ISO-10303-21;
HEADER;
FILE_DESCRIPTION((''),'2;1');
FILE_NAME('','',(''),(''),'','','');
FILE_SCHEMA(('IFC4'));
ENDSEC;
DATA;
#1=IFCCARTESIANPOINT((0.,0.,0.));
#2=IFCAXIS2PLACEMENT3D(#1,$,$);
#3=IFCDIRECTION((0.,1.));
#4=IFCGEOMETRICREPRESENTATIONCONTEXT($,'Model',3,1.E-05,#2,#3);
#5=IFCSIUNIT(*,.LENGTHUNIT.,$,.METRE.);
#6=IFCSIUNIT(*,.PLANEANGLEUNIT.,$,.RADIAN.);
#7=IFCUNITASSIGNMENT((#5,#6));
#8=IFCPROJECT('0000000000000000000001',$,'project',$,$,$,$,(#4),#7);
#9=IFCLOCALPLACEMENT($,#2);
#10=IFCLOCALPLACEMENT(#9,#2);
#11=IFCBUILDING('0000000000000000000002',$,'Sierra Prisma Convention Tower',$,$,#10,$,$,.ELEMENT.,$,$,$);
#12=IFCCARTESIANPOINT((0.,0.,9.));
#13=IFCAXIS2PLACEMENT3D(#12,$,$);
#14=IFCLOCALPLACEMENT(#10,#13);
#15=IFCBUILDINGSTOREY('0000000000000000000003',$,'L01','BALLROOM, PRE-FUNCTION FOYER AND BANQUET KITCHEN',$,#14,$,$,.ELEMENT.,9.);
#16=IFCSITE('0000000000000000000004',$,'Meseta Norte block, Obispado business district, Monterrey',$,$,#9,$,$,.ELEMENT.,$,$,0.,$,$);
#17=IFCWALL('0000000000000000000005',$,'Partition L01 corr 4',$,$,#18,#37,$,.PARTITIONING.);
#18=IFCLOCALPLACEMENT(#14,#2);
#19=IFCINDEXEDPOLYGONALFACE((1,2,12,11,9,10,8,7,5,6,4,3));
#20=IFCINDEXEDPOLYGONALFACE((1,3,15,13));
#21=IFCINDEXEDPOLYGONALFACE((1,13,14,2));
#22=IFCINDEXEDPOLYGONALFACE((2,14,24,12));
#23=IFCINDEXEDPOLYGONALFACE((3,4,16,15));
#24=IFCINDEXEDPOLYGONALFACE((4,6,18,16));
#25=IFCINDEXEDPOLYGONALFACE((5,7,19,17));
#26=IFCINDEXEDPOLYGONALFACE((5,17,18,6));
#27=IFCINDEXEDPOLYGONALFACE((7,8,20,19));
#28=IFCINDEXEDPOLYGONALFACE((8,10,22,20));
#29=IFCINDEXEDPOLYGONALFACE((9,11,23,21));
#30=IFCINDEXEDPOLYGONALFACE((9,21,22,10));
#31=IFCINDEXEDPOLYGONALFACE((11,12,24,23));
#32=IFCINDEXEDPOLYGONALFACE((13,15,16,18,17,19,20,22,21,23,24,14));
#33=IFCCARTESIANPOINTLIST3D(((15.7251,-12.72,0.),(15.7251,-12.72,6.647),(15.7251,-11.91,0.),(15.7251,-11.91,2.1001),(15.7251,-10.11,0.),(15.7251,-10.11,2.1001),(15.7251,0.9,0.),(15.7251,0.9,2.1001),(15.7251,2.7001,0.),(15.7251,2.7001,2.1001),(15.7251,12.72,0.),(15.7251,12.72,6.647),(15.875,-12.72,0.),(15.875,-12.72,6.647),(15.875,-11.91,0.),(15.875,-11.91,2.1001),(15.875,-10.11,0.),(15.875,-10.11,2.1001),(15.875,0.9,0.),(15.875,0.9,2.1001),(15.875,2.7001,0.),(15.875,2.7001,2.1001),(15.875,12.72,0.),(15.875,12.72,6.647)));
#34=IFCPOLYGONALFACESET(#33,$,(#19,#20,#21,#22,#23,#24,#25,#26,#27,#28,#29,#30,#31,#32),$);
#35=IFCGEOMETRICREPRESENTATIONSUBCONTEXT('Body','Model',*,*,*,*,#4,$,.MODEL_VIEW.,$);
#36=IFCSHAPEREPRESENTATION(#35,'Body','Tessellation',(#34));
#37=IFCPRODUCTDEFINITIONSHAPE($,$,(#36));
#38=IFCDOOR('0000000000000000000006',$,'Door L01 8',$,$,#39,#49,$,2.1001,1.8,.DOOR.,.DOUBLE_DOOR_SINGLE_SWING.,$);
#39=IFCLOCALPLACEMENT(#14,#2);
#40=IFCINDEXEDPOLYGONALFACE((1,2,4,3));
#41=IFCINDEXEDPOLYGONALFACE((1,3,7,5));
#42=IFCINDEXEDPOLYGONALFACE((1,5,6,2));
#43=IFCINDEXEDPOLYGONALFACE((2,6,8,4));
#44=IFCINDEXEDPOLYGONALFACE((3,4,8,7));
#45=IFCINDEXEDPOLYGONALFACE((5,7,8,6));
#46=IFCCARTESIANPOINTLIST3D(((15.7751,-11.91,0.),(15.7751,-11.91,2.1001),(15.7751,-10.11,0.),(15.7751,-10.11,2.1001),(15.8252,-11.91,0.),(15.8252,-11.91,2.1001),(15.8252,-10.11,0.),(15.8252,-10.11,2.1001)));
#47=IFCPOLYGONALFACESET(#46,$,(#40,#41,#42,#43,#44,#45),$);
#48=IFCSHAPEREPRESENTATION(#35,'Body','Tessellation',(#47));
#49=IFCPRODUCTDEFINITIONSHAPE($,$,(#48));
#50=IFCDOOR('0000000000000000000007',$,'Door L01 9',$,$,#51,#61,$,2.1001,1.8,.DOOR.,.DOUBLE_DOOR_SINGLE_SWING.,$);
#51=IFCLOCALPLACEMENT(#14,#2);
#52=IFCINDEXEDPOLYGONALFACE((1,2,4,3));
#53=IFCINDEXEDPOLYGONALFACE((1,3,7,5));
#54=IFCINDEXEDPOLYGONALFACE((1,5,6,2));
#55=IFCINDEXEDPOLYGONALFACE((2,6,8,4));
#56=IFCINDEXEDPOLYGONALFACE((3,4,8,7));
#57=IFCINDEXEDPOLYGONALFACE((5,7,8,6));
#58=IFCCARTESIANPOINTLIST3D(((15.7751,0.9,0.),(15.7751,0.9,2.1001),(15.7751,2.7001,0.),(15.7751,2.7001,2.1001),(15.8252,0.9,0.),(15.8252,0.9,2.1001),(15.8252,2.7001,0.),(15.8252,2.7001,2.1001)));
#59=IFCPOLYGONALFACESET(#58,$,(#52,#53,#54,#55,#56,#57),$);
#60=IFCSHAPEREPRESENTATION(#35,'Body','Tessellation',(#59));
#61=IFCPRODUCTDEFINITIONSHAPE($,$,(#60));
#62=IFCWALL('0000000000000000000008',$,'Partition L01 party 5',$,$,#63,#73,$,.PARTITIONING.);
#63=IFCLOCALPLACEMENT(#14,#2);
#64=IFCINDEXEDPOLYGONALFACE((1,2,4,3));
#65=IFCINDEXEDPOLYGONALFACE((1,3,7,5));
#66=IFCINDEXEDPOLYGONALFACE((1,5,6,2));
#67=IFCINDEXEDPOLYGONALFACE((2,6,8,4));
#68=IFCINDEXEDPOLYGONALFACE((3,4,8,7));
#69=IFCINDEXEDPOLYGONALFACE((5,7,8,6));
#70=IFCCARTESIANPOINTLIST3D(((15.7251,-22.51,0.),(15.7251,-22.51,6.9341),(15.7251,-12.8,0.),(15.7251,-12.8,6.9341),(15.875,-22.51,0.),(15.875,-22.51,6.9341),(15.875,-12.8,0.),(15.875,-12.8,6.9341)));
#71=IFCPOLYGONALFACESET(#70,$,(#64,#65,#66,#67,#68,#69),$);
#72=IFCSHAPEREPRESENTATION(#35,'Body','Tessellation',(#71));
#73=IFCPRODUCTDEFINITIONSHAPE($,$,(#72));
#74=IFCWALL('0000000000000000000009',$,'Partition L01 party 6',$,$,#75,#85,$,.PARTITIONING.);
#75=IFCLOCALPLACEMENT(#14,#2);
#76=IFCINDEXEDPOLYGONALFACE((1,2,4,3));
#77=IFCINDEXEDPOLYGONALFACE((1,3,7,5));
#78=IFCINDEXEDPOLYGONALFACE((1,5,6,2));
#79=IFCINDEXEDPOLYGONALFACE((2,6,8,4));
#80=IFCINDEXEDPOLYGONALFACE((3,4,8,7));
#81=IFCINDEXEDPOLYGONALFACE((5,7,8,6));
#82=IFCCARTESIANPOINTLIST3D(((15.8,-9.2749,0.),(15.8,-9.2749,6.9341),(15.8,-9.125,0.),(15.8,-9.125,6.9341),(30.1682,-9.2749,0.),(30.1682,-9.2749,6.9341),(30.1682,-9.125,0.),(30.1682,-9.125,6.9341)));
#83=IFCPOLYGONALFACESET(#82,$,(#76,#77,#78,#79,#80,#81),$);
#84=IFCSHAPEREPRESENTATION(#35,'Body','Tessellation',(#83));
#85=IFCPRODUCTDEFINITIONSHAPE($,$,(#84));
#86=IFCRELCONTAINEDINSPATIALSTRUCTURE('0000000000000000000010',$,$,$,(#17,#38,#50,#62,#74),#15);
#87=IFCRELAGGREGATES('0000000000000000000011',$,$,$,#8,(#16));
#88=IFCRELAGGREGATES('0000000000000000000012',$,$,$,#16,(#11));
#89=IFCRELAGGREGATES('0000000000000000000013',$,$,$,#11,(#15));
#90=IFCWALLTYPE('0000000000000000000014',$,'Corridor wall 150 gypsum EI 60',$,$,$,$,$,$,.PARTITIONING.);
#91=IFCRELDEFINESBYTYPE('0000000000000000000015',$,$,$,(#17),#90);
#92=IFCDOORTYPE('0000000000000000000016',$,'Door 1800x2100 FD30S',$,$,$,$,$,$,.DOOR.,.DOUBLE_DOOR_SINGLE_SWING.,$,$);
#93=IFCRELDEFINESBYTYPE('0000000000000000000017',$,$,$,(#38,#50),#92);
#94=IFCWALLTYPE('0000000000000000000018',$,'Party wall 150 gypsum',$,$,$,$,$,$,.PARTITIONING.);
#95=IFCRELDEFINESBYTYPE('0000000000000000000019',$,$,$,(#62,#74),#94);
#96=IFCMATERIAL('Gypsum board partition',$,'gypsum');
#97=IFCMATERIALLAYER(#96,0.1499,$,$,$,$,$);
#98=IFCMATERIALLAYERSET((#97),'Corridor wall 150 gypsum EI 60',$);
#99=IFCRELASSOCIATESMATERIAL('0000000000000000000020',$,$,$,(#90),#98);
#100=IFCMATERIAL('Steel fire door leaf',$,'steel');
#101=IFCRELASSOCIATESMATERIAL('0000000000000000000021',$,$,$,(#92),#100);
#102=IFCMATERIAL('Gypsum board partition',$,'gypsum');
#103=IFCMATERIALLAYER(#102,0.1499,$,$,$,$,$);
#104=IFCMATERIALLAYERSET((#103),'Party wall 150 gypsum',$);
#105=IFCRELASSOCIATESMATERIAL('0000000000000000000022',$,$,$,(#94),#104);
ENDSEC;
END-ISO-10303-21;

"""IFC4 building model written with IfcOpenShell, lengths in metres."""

from ifc_helpers import new_model, si_unit, direction, frame, frame_2d, origin, place, context, subcontext, project, spatial, rectangle, extrude, material, layer, layer_set, type_object, element, fill, save


model = new_model("IFC4")

# Units and contexts
model_context = context("Model", 3, precision=1e-05, world=origin(), true_north=direction((0.0, 1.0)))
body_context = subcontext(model_context, "Body", "Model", "MODEL_VIEW")
ifc_project = project(units=[si_unit("LENGTHUNIT", "METRE"), si_unit("PLANEANGLEUNIT", "RADIAN")], contexts=[model_context])

# Site, building, storey
site_placement = place(None, origin())
site = spatial("IfcSite", under=ifc_project, at=site_placement, Name="Meseta Norte block, Obispado business district, Monterrey", CompositionType="ELEMENT", RefElevation=0.0)
building_placement = place(site_placement, origin())
building = spatial("IfcBuilding", under=site, at=building_placement, Name="Sierra Prisma Convention Tower", CompositionType="ELEMENT")
storey_placement = place(building_placement, frame((0.0, 0.0, 9.0)))
storey = spatial("IfcBuildingStorey", under=building, at=storey_placement, Name="L01", Description="BALLROOM, PRE-FUNCTION FOYER AND BANQUET KITCHEN", CompositionType="ELEMENT", Elevation=9.0)

# Wall, openings, doors
ifc_material_1 = material(Name="Gypsum board partition", Category="gypsum")
ifc_layer_1 = layer(ifc_material_1, 0.1499)
ifc_layer_set_1 = layer_set([ifc_layer_1], Name="Corridor wall 150 gypsum EI 60")
wall_type_1 = type_object("IfcWallType", Name="Corridor wall 150 gypsum EI 60", PredefinedType="PARTITIONING", material=ifc_layer_set_1)
wall_1_placement = place(storey_placement, frame((15.8, -12.72, 0.0), z_axis=(0.0, 0.0, 1.0), x_axis=(0.0, 1.0, 0.0)))
wall_1 = element("IfcWall", 1, at=wall_1_placement, inside=storey, type_object=wall_type_1, Name="Partition L01 corr 4", PredefinedType="PARTITIONING", context=body_context, shape_type="SweptSolid", body=[
    extrude(rectangle(XDim=25.4399, YDim=0.1499, at=frame_2d((12.72, 0.0))), origin(), (0.0, 0.0, 1.0), 6.647),
])
opening_1_placement = place(wall_1_placement, frame((0.8101, 0.0, 0.0)))
opening_1 = element("IfcOpeningElement", 2, at=opening_1_placement, cuts=wall_1, PredefinedType="OPENING", context=body_context, shape_type="SweptSolid", body=[
    extrude(rectangle(XDim=1.8, YDim=2.1001, at=frame_2d((0.8999, 1.05))), frame((0.0, 0.075, 0.0), z_axis=(0.0, -1.0, 0.0), x_axis=(1.0, 0.0, 0.0)), (0.0, 0.0, 1.0), 0.1499),
])
opening_2_placement = place(wall_1_placement, frame((13.6201, 0.0, 0.0)))
opening_2 = element("IfcOpeningElement", 3, at=opening_2_placement, cuts=wall_1, PredefinedType="OPENING", context=body_context, shape_type="SweptSolid", body=[
    extrude(rectangle(XDim=1.8, YDim=2.1001, at=frame_2d((0.8999, 1.05))), frame((0.0, 0.075, 0.0), z_axis=(0.0, -1.0, 0.0), x_axis=(1.0, 0.0, 0.0)), (0.0, 0.0, 1.0), 0.1499),
])
ifc_material_2 = material(Name="Steel fire door leaf", Category="steel")
door_type_1 = type_object("IfcDoorType", Name="Door 1800x2100 FD30S", OperationType="DOUBLE_DOOR_SINGLE_SWING", PredefinedType="DOOR", material=ifc_material_2)
door_1_placement = place(opening_1_placement, origin())
door_1 = element("IfcDoor", 4, at=door_1_placement, inside=storey, type_object=door_type_1, Name="Door L01 8", OperationType="DOUBLE_DOOR_SINGLE_SWING", OverallHeight=2.1001, OverallWidth=1.8, PredefinedType="DOOR", context=body_context, shape_type="SweptSolid", body=[
    extrude(rectangle(XDim=1.8, YDim=2.1001, at=frame_2d((0.8999, 1.05))), frame((0.0, 0.0249, 0.0), z_axis=(0.0, -1.0, 0.0), x_axis=(1.0, 0.0, 0.0)), (0.0, 0.0, 1.0), 0.05),
])
fill(opening_1, door_1)
door_2_placement = place(opening_2_placement, origin())
door_2 = element("IfcDoor", 5, at=door_2_placement, inside=storey, type_object=door_type_1, Name="Door L01 9", OperationType="DOUBLE_DOOR_SINGLE_SWING", OverallHeight=2.1001, OverallWidth=1.8, PredefinedType="DOOR", context=body_context, shape_type="SweptSolid", body=[
    extrude(rectangle(XDim=1.8, YDim=2.1001, at=frame_2d((0.8999, 1.05))), frame((0.0, 0.0249, 0.0), z_axis=(0.0, -1.0, 0.0), x_axis=(1.0, 0.0, 0.0)), (0.0, 0.0, 1.0), 0.05),
])
fill(opening_2, door_2)

# Walls
ifc_material_3 = material(Name="Gypsum board partition", Category="gypsum")
ifc_layer_2 = layer(ifc_material_3, 0.1499)
ifc_layer_set_2 = layer_set([ifc_layer_2], Name="Party wall 150 gypsum")
wall_type_2 = type_object("IfcWallType", Name="Party wall 150 gypsum", PredefinedType="PARTITIONING", material=ifc_layer_set_2)
wall_2_placement = place(storey_placement, frame((15.8, -12.8, 0.0), z_axis=(0.0, 0.0, 1.0), x_axis=(0.0, -1.0, 0.0)))
element("IfcWall", 6, at=wall_2_placement, inside=storey, type_object=wall_type_2, Name="Partition L01 party 5", PredefinedType="PARTITIONING", context=body_context, shape_type="SweptSolid", body=[
    extrude(rectangle(XDim=9.71, YDim=0.1499, at=frame_2d((4.855, 0.0))), origin(), (0.0, 0.0, 1.0), 6.9341),
])
wall_3_placement = place(storey_placement, frame((15.8, -9.2, 0.0), z_axis=(0.0, 0.0, 1.0), x_axis=(1.0, 0.0, 0.0)))
element("IfcWall", 7, at=wall_3_placement, inside=storey, type_object=wall_type_2, Name="Partition L01 party 6", PredefinedType="PARTITIONING", context=body_context, shape_type="SweptSolid", body=[
    extrude(rectangle(XDim=14.3682, YDim=0.1499, at=frame_2d((7.1841, 0.0))), origin(), (0.0, 0.0, 1.0), 6.9341),
])

save(model, "model.ifc")
